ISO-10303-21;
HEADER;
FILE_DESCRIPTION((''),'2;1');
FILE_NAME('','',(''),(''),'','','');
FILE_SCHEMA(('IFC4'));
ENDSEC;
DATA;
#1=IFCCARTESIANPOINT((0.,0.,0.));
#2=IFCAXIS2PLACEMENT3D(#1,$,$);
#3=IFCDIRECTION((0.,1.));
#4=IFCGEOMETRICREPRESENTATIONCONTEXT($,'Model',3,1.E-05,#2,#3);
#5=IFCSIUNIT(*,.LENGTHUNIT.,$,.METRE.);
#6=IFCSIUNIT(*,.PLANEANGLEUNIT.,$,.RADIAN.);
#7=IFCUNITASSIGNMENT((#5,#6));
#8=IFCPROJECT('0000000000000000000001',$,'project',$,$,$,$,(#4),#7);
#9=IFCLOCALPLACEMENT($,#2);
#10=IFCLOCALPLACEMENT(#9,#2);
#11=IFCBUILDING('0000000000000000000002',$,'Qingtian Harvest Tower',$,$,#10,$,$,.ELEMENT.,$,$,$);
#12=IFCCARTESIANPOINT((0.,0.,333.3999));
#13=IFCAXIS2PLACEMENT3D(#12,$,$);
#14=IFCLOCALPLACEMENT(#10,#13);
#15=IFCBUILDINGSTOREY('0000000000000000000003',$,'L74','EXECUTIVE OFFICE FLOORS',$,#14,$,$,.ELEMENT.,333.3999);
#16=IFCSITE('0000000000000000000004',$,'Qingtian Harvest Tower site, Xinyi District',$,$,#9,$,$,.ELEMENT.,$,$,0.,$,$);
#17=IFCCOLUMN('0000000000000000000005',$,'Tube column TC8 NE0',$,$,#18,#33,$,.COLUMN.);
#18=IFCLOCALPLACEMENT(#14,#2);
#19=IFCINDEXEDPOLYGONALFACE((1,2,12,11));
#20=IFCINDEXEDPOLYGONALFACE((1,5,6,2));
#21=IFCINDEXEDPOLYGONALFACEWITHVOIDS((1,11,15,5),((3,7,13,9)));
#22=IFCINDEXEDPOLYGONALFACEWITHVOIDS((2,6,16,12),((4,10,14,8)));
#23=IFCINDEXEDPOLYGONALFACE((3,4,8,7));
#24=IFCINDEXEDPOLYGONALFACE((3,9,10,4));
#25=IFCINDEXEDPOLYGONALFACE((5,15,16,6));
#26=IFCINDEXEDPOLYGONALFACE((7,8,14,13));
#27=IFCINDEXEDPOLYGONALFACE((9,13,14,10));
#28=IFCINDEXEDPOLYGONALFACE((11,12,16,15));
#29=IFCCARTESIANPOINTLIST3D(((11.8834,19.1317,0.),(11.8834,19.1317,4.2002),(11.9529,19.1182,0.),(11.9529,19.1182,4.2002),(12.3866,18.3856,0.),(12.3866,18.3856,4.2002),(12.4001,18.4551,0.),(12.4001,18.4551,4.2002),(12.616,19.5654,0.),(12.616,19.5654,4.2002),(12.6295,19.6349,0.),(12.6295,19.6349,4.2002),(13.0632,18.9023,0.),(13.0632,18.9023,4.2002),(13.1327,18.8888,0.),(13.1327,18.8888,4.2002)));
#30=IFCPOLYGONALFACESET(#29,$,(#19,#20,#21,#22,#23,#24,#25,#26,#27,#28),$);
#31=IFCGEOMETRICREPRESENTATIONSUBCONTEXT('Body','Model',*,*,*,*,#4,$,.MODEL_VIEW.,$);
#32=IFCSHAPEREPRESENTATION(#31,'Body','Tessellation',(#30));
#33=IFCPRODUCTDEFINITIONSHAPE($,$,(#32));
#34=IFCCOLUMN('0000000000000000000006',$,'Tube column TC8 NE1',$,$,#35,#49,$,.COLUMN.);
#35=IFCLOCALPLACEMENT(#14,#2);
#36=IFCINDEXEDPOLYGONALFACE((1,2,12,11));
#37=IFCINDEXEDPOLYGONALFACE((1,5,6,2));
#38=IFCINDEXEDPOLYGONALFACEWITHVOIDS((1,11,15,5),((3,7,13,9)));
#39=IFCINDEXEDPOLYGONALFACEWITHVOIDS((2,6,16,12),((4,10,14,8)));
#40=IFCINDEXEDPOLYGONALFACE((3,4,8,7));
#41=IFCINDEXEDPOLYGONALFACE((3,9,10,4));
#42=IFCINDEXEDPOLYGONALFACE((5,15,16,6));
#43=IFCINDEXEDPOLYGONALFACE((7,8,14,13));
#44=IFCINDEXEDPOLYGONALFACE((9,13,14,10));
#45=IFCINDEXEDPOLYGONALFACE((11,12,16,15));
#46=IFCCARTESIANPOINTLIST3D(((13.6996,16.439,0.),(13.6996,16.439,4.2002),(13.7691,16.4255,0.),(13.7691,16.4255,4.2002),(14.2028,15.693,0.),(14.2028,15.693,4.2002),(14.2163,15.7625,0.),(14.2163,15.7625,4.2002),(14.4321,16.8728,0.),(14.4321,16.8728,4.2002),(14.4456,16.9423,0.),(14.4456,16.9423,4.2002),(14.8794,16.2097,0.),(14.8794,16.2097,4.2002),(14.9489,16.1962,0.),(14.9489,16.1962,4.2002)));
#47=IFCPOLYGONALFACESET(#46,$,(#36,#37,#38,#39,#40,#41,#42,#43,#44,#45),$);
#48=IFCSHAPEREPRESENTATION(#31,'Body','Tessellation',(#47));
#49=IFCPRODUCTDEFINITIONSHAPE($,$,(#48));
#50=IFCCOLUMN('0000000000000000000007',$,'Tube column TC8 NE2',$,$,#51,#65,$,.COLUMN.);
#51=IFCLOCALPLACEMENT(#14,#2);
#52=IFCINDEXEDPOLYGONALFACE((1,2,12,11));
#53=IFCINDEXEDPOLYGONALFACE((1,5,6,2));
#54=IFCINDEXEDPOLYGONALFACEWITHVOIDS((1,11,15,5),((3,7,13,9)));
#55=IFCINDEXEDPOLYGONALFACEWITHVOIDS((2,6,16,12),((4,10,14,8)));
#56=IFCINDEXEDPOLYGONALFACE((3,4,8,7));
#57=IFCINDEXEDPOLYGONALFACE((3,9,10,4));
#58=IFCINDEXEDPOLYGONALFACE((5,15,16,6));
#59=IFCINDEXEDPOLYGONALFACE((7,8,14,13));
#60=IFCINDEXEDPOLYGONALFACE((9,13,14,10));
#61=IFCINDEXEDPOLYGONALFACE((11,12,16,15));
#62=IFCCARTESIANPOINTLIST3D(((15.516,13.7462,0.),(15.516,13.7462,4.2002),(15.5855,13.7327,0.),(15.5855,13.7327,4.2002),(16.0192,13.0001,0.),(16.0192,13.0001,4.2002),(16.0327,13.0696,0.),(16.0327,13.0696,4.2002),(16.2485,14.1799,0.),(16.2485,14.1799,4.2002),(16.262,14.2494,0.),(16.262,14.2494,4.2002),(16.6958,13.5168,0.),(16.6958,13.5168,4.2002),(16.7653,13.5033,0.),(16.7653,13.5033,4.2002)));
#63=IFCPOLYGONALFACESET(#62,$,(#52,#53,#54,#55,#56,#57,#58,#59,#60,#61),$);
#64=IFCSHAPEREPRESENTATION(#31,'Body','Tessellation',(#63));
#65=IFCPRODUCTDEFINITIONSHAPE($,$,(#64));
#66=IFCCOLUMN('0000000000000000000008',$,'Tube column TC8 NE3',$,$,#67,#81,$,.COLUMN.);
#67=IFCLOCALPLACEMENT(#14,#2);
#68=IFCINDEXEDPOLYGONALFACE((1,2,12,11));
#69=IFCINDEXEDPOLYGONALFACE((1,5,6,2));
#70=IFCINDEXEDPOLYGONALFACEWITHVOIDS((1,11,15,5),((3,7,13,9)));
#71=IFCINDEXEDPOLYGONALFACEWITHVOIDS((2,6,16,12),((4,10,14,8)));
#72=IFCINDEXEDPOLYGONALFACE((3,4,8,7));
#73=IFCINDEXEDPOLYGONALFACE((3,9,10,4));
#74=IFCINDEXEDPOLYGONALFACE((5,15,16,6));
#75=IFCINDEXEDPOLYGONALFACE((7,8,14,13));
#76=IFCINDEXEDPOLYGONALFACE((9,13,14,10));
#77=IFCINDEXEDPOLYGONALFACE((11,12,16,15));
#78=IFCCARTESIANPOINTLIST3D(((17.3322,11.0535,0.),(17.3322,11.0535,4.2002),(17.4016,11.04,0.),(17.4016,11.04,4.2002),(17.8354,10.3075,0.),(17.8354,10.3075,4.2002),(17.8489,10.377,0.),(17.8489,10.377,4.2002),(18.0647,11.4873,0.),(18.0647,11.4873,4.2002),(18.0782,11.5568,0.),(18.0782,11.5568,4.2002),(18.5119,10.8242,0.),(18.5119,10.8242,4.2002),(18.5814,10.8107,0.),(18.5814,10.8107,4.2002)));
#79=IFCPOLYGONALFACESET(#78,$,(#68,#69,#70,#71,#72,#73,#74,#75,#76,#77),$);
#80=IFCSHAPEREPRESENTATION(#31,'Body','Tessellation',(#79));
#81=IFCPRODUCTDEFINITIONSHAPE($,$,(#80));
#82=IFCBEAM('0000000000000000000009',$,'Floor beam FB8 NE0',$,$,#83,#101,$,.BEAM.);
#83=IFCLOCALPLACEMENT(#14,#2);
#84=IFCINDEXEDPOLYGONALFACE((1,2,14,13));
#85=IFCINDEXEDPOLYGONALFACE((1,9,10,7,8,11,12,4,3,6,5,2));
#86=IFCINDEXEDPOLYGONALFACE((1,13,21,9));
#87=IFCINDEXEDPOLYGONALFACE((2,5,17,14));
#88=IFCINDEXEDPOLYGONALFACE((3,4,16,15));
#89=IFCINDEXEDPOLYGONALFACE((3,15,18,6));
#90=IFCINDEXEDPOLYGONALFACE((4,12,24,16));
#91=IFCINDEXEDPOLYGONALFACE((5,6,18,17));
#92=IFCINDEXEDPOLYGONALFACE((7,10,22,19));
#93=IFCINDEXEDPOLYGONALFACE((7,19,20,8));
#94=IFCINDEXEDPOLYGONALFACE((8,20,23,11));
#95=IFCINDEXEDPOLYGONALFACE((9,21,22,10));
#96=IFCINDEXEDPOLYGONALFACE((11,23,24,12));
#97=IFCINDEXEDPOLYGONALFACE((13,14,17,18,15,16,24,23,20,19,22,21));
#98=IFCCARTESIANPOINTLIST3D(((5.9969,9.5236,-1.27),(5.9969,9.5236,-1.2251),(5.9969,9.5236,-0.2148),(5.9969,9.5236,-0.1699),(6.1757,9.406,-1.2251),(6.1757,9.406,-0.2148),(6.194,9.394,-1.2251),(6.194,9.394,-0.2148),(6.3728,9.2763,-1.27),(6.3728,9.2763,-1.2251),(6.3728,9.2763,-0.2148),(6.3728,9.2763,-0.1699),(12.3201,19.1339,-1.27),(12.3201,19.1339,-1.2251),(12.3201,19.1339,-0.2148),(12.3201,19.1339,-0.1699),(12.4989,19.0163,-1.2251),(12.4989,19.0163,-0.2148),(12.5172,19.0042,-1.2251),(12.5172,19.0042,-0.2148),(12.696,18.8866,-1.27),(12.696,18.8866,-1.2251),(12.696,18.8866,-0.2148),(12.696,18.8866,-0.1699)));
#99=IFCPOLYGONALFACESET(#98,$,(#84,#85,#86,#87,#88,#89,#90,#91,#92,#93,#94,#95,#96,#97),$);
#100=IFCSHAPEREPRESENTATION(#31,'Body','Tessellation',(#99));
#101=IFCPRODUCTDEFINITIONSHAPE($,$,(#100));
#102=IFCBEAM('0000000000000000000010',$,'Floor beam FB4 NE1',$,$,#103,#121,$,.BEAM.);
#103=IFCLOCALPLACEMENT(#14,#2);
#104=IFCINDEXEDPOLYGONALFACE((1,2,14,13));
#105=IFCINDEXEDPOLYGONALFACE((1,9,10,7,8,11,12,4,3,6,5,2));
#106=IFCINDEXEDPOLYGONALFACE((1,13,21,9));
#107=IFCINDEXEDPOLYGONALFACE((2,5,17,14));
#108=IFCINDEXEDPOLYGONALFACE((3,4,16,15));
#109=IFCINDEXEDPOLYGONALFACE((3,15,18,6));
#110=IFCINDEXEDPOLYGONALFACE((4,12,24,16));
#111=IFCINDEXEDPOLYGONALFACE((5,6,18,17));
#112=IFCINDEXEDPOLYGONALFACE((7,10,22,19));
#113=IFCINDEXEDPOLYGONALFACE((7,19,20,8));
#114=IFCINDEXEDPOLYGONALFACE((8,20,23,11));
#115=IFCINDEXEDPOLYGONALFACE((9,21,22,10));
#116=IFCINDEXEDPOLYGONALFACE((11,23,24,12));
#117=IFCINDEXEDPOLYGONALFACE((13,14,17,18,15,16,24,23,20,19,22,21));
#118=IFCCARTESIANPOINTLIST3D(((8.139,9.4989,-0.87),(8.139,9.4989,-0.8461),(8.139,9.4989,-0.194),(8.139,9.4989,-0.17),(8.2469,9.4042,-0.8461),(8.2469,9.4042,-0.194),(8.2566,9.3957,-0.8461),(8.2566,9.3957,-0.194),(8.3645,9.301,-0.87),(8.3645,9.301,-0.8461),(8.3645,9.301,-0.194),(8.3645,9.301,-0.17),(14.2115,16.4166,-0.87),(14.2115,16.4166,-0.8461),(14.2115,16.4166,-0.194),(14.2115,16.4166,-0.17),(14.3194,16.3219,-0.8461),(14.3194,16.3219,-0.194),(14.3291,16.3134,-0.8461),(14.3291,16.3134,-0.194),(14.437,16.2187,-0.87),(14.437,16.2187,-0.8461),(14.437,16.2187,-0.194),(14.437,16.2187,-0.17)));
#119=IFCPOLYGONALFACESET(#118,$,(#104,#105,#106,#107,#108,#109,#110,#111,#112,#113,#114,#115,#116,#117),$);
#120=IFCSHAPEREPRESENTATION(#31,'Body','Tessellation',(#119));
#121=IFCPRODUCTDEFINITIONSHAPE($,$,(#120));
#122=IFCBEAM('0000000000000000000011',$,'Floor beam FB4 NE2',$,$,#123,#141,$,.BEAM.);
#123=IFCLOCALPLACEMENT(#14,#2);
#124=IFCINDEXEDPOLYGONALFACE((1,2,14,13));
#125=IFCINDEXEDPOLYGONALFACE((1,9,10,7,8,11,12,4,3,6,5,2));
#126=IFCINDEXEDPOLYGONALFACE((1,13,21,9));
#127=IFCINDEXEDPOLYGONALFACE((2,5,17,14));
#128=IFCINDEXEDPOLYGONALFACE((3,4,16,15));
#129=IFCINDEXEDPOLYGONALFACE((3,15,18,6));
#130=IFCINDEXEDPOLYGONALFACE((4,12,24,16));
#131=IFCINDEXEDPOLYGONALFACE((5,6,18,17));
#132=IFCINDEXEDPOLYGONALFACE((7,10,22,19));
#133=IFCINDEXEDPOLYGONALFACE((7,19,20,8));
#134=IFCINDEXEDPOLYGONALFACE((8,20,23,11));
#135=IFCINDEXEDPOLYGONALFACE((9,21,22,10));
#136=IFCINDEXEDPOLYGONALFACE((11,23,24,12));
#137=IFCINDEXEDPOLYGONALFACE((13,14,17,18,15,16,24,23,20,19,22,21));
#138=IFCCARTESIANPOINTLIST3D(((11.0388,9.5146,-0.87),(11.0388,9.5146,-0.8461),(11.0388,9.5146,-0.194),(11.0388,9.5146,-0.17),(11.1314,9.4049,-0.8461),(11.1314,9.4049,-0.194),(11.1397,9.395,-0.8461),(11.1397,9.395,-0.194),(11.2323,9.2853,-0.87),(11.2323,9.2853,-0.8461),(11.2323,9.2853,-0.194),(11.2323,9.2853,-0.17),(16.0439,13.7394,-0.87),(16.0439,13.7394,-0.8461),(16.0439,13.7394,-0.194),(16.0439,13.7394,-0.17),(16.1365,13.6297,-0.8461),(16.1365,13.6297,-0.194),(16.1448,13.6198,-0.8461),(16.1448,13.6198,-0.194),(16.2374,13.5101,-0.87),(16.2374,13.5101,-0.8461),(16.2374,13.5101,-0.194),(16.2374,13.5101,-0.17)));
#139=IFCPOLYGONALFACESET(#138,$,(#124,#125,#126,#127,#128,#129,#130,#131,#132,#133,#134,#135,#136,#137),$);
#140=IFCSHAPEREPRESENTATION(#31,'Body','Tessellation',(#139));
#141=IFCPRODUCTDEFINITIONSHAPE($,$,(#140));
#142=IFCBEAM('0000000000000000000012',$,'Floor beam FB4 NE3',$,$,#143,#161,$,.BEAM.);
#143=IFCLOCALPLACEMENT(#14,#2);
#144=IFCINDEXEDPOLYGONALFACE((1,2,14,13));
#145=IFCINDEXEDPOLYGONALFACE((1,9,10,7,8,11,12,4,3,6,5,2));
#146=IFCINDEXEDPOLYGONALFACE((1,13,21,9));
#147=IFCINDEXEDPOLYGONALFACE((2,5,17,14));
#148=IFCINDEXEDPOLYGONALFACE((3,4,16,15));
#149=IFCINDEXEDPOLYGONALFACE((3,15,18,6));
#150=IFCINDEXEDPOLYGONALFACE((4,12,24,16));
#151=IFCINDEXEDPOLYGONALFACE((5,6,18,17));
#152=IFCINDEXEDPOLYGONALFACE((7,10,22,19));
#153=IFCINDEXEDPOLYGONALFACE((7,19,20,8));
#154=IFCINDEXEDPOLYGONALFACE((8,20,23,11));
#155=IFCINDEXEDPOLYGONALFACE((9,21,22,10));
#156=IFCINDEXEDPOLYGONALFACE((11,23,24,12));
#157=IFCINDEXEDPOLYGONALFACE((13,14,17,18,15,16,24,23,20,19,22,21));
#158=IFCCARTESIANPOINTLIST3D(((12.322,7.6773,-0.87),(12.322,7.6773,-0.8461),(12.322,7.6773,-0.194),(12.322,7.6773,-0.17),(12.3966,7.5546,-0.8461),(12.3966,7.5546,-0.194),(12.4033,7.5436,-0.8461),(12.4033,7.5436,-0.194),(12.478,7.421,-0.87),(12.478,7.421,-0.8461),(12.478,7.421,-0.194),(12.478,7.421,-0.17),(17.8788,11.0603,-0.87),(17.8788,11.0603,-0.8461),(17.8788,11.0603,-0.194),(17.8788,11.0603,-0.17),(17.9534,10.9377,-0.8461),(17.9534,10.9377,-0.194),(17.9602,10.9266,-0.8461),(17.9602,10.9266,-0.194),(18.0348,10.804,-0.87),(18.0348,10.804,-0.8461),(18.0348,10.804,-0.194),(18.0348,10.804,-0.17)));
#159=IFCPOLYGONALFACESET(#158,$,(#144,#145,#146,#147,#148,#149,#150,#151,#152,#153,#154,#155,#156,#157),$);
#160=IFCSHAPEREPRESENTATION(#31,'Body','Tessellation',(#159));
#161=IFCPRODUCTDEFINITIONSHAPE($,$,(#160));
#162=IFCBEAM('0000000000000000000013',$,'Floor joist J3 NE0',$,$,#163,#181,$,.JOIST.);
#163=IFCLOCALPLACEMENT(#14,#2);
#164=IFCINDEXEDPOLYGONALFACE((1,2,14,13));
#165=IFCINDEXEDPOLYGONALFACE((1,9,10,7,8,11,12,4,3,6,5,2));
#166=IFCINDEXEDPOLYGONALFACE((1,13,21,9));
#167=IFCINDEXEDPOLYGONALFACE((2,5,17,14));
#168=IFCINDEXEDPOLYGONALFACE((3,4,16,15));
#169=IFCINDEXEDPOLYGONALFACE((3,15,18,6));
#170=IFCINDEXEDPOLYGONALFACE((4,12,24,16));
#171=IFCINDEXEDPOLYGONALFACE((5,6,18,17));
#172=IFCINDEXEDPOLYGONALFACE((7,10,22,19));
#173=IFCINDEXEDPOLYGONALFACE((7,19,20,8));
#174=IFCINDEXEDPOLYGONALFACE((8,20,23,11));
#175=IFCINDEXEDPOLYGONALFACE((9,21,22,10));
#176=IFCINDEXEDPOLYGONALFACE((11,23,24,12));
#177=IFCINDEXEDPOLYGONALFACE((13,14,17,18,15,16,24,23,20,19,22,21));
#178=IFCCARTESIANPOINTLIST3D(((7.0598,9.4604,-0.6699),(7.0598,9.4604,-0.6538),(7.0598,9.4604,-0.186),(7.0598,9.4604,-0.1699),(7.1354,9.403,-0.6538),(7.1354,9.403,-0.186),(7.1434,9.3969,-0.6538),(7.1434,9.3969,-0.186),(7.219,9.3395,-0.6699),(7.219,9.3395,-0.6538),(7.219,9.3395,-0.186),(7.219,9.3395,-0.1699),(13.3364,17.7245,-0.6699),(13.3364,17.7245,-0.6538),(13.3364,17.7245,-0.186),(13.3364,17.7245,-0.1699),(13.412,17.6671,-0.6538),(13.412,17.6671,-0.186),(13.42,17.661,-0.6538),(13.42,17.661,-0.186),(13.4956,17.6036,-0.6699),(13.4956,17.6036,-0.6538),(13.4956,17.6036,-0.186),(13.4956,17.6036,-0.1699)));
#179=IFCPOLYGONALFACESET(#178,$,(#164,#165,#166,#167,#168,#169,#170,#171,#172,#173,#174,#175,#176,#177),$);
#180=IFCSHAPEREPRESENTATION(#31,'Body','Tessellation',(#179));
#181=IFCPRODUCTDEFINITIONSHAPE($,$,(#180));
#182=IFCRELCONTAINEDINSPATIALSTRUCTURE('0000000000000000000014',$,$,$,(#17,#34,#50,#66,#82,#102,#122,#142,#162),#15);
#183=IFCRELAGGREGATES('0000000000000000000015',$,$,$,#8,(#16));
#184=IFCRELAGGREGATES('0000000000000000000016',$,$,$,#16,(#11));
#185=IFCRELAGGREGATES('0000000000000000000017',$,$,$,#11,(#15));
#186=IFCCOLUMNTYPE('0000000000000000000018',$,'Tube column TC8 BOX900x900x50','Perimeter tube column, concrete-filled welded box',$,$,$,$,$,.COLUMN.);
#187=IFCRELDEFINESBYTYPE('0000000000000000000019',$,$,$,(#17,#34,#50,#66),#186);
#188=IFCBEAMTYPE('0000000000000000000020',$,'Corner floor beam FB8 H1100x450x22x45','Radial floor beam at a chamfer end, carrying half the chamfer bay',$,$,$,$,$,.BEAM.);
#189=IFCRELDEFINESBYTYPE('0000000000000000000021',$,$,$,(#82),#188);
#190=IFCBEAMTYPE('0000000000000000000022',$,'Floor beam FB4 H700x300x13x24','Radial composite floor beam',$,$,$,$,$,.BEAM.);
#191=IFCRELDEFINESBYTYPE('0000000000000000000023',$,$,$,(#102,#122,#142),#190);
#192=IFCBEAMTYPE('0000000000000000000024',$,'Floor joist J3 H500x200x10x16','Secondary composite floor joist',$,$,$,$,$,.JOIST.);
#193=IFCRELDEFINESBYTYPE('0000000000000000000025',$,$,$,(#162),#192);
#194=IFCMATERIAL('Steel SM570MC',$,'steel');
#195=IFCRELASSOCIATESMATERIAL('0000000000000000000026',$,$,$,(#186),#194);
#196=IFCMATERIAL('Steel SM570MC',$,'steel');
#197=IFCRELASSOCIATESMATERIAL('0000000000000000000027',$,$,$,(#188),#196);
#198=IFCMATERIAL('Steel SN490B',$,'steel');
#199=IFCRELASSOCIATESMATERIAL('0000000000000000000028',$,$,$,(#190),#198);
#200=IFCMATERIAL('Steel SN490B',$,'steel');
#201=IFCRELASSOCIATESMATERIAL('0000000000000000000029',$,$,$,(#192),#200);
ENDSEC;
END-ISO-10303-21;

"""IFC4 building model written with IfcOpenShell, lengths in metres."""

from ifc_helpers import new_model, si_unit, direction, frame, origin, origin_2d, place, context, subcontext, project, spatial, hollow_rectangle, i_section, extrude, material, material_profile, profile_set, type_object, element, save


model = new_model("IFC4")

# Units and contexts
model_context = context("Model", 3, precision=1e-05, world=origin(), true_north=direction((0.0, 1.0)))
body_context = subcontext(model_context, "Body", "Model", "MODEL_VIEW")
ifc_project = project(units=[si_unit("LENGTHUNIT", "METRE"), si_unit("PLANEANGLEUNIT", "RADIAN")], contexts=[model_context])

# Site, building, storey
site_placement = place(None, origin())
site = spatial("IfcSite", under=ifc_project, at=site_placement, Name="Qingtian Harvest Tower site, Xinyi District", CompositionType="ELEMENT", RefElevation=0.0)
building_placement = place(site_placement, origin())
building = spatial("IfcBuilding", under=site, at=building_placement, Name="Qingtian Harvest Tower", CompositionType="ELEMENT")
storey_placement = place(building_placement, frame((0.0, 0.0, 333.3999)))
storey = spatial("IfcBuildingStorey", under=building, at=storey_placement, Name="L74", Description="EXECUTIVE OFFICE FLOORS", CompositionType="ELEMENT", Elevation=333.3999)

# Columns
ifc_material_1 = material(Name="Steel SM570MC", Category="steel")
ifc_material_profile_1 = material_profile(ifc_material_1, hollow_rectangle(XDim=0.8999, YDim=0.8999, WallThickness=0.05, at=origin_2d()), Name="BOX900x900x50")
ifc_profile_set_1 = profile_set([ifc_material_profile_1], Name="Steel SM570MC")
column_type = type_object("IfcColumnType", Name="Tube column TC8 BOX900x900x50", Description="Perimeter tube column, concrete-filled welded box", PredefinedType="COLUMN", material=ifc_profile_set_1)
for number, where, z_axis, x_axis, name in (
    (1, (12.5081, 19.0103, 0.0), (0.0, 0.0, 1.0), (-0.559193, 0.829038, 0.0), "Tube column TC8 NE0"),
    (2, (14.3242, 16.3176, 0.0), (0.0, 0.0, 1.0), (-0.559193, 0.829038, 0.0), "Tube column TC8 NE1"),
    (3, (16.1406, 13.6248, 0.0), (0.0, 0.0, 1.0), (-0.559193, 0.829038, 0.0), "Tube column TC8 NE2"),
    (4, (17.9568, 10.9321, 0.0), (0.0, 0.0, 1.0), (-0.559193, 0.829038, 0.0), "Tube column TC8 NE3"),
):
    element("IfcColumn", number, at=place(storey_placement, frame(where, z_axis=z_axis, x_axis=x_axis)), inside=storey, type_object=column_type, Name=name, PredefinedType="COLUMN", context=body_context, shape_type="SweptSolid", body=[
        extrude(hollow_rectangle(XDim=0.8999, YDim=0.8999, WallThickness=0.05, at=origin_2d()), origin(), (0.0, 0.0, 1.0), 4.2002),
    ])

# Beams
ifc_material_2 = material(Name="Steel SM570MC", Category="steel")
ifc_material_profile_2 = material_profile(ifc_material_2, i_section(OverallWidth=0.45, OverallDepth=1.1001, WebThickness=0.022, FlangeThickness=0.0449, at=origin_2d()), Name="H1100x450x22x45")
ifc_profile_set_2 = profile_set([ifc_material_profile_2], Name="Steel SM570MC")
beam_type_1 = type_object("IfcBeamType", Name="Corner floor beam FB8 H1100x450x22x45", Description="Radial floor beam at a chamfer end, carrying half the chamfer bay", PredefinedType="BEAM", material=ifc_profile_set_2)
beam_1_placement = place(storey_placement, frame((12.5081, 19.0103, -0.72), z_axis=(-0.549655, -0.835391, 0.0), x_axis=(0.835391, -0.549655, 0.0)))
element("IfcBeam", 5, at=beam_1_placement, inside=storey, type_object=beam_type_1, Name="Floor beam FB8 NE0", PredefinedType="BEAM", context=body_context, shape_type="SweptSolid", body=[
    extrude(i_section(OverallWidth=0.45, OverallDepth=1.1001, WebThickness=0.022, FlangeThickness=0.0449, at=origin_2d()), origin(), (0.0, 0.0, 1.0), 11.5039),
])
ifc_material_3 = material(Name="Steel SN490B", Category="steel")
ifc_material_profile_3 = material_profile(ifc_material_3, i_section(OverallWidth=0.3, OverallDepth=0.7, WebThickness=0.0129, FlangeThickness=0.0239, at=origin_2d()), Name="H700x300x13x24")
ifc_profile_set_3 = profile_set([ifc_material_profile_3], Name="Steel SN490B")
beam_type_2 = type_object("IfcBeamType", Name="Floor beam FB4 H700x300x13x24", Description="Radial composite floor beam", PredefinedType="BEAM", material=ifc_profile_set_3)
beam_2_placement = place(storey_placement, frame((14.3242, 16.3176, -0.52), z_axis=(-0.659704, -0.751526, 0.0), x_axis=(0.751526, -0.659704, 0.0)))
element("IfcBeam", 6, at=beam_2_placement, inside=storey, type_object=beam_type_2, Name="Floor beam FB4 NE1", PredefinedType="BEAM", context=body_context, shape_type="SweptSolid", body=[
    extrude(i_section(OverallWidth=0.3, OverallDepth=0.7, WebThickness=0.0129, FlangeThickness=0.0239, at=origin_2d()), origin(), (0.0, 0.0, 1.0), 9.2048),
])
beam_3_placement = place(storey_placement, frame((16.1406, 13.6248, -0.52), z_axis=(-0.764158, -0.645029, 0.0), x_axis=(0.645029, -0.764158, 0.0)))
element("IfcBeam", 7, at=beam_3_placement, inside=storey, type_object=beam_type_2, Name="Floor beam FB4 NE2", PredefinedType="BEAM", context=body_context, shape_type="SweptSolid", body=[
    extrude(i_section(OverallWidth=0.3, OverallDepth=0.7, WebThickness=0.0129, FlangeThickness=0.0239, at=origin_2d()), origin(), (0.0, 0.0, 1.0), 6.5498),
])
beam_4_placement = place(storey_placement, frame((17.9568, 10.9321, -0.52), z_axis=(-0.854157, -0.520015, 0.0), x_axis=(0.520015, -0.854157, 0.0)))
element("IfcBeam", 8, at=beam_4_placement, inside=storey, type_object=beam_type_2, Name="Floor beam FB4 NE3", PredefinedType="BEAM", context=body_context, shape_type="SweptSolid", body=[
    extrude(i_section(OverallWidth=0.3, OverallDepth=0.7, WebThickness=0.0129, FlangeThickness=0.0239, at=origin_2d()), origin(), (0.0, 0.0, 1.0), 6.5056),
])
ifc_material_4 = material(Name="Steel SN490B", Category="steel")
ifc_material_profile_4 = material_profile(ifc_material_4, i_section(OverallWidth=0.2, OverallDepth=0.5, WebThickness=0.01, FlangeThickness=0.0161, at=origin_2d()), Name="H500x200x10x16")
ifc_profile_set_4 = profile_set([ifc_material_profile_4], Name="Steel SN490B")
beam_type_3 = type_object("IfcBeamType", Name="Floor joist J3 H500x200x10x16", Description="Secondary composite floor joist", PredefinedType="JOIST", material=ifc_profile_set_4)
beam_5_placement = place(storey_placement, frame((13.416, 17.6641, -0.4199), z_axis=(-0.60483, -0.796355, 0.0), x_axis=(0.796355, -0.60483, 0.0)))
element("IfcBeam", 9, at=beam_5_placement, inside=storey, type_object=beam_type_3, Name="Floor joist J3 NE0", PredefinedType="JOIST", context=body_context, shape_type="SweptSolid", body=[
    extrude(i_section(OverallWidth=0.2, OverallDepth=0.5, WebThickness=0.01, FlangeThickness=0.0161, at=origin_2d()), origin(), (0.0, 0.0, 1.0), 10.3774),
])

save(model, "model.ifc")
